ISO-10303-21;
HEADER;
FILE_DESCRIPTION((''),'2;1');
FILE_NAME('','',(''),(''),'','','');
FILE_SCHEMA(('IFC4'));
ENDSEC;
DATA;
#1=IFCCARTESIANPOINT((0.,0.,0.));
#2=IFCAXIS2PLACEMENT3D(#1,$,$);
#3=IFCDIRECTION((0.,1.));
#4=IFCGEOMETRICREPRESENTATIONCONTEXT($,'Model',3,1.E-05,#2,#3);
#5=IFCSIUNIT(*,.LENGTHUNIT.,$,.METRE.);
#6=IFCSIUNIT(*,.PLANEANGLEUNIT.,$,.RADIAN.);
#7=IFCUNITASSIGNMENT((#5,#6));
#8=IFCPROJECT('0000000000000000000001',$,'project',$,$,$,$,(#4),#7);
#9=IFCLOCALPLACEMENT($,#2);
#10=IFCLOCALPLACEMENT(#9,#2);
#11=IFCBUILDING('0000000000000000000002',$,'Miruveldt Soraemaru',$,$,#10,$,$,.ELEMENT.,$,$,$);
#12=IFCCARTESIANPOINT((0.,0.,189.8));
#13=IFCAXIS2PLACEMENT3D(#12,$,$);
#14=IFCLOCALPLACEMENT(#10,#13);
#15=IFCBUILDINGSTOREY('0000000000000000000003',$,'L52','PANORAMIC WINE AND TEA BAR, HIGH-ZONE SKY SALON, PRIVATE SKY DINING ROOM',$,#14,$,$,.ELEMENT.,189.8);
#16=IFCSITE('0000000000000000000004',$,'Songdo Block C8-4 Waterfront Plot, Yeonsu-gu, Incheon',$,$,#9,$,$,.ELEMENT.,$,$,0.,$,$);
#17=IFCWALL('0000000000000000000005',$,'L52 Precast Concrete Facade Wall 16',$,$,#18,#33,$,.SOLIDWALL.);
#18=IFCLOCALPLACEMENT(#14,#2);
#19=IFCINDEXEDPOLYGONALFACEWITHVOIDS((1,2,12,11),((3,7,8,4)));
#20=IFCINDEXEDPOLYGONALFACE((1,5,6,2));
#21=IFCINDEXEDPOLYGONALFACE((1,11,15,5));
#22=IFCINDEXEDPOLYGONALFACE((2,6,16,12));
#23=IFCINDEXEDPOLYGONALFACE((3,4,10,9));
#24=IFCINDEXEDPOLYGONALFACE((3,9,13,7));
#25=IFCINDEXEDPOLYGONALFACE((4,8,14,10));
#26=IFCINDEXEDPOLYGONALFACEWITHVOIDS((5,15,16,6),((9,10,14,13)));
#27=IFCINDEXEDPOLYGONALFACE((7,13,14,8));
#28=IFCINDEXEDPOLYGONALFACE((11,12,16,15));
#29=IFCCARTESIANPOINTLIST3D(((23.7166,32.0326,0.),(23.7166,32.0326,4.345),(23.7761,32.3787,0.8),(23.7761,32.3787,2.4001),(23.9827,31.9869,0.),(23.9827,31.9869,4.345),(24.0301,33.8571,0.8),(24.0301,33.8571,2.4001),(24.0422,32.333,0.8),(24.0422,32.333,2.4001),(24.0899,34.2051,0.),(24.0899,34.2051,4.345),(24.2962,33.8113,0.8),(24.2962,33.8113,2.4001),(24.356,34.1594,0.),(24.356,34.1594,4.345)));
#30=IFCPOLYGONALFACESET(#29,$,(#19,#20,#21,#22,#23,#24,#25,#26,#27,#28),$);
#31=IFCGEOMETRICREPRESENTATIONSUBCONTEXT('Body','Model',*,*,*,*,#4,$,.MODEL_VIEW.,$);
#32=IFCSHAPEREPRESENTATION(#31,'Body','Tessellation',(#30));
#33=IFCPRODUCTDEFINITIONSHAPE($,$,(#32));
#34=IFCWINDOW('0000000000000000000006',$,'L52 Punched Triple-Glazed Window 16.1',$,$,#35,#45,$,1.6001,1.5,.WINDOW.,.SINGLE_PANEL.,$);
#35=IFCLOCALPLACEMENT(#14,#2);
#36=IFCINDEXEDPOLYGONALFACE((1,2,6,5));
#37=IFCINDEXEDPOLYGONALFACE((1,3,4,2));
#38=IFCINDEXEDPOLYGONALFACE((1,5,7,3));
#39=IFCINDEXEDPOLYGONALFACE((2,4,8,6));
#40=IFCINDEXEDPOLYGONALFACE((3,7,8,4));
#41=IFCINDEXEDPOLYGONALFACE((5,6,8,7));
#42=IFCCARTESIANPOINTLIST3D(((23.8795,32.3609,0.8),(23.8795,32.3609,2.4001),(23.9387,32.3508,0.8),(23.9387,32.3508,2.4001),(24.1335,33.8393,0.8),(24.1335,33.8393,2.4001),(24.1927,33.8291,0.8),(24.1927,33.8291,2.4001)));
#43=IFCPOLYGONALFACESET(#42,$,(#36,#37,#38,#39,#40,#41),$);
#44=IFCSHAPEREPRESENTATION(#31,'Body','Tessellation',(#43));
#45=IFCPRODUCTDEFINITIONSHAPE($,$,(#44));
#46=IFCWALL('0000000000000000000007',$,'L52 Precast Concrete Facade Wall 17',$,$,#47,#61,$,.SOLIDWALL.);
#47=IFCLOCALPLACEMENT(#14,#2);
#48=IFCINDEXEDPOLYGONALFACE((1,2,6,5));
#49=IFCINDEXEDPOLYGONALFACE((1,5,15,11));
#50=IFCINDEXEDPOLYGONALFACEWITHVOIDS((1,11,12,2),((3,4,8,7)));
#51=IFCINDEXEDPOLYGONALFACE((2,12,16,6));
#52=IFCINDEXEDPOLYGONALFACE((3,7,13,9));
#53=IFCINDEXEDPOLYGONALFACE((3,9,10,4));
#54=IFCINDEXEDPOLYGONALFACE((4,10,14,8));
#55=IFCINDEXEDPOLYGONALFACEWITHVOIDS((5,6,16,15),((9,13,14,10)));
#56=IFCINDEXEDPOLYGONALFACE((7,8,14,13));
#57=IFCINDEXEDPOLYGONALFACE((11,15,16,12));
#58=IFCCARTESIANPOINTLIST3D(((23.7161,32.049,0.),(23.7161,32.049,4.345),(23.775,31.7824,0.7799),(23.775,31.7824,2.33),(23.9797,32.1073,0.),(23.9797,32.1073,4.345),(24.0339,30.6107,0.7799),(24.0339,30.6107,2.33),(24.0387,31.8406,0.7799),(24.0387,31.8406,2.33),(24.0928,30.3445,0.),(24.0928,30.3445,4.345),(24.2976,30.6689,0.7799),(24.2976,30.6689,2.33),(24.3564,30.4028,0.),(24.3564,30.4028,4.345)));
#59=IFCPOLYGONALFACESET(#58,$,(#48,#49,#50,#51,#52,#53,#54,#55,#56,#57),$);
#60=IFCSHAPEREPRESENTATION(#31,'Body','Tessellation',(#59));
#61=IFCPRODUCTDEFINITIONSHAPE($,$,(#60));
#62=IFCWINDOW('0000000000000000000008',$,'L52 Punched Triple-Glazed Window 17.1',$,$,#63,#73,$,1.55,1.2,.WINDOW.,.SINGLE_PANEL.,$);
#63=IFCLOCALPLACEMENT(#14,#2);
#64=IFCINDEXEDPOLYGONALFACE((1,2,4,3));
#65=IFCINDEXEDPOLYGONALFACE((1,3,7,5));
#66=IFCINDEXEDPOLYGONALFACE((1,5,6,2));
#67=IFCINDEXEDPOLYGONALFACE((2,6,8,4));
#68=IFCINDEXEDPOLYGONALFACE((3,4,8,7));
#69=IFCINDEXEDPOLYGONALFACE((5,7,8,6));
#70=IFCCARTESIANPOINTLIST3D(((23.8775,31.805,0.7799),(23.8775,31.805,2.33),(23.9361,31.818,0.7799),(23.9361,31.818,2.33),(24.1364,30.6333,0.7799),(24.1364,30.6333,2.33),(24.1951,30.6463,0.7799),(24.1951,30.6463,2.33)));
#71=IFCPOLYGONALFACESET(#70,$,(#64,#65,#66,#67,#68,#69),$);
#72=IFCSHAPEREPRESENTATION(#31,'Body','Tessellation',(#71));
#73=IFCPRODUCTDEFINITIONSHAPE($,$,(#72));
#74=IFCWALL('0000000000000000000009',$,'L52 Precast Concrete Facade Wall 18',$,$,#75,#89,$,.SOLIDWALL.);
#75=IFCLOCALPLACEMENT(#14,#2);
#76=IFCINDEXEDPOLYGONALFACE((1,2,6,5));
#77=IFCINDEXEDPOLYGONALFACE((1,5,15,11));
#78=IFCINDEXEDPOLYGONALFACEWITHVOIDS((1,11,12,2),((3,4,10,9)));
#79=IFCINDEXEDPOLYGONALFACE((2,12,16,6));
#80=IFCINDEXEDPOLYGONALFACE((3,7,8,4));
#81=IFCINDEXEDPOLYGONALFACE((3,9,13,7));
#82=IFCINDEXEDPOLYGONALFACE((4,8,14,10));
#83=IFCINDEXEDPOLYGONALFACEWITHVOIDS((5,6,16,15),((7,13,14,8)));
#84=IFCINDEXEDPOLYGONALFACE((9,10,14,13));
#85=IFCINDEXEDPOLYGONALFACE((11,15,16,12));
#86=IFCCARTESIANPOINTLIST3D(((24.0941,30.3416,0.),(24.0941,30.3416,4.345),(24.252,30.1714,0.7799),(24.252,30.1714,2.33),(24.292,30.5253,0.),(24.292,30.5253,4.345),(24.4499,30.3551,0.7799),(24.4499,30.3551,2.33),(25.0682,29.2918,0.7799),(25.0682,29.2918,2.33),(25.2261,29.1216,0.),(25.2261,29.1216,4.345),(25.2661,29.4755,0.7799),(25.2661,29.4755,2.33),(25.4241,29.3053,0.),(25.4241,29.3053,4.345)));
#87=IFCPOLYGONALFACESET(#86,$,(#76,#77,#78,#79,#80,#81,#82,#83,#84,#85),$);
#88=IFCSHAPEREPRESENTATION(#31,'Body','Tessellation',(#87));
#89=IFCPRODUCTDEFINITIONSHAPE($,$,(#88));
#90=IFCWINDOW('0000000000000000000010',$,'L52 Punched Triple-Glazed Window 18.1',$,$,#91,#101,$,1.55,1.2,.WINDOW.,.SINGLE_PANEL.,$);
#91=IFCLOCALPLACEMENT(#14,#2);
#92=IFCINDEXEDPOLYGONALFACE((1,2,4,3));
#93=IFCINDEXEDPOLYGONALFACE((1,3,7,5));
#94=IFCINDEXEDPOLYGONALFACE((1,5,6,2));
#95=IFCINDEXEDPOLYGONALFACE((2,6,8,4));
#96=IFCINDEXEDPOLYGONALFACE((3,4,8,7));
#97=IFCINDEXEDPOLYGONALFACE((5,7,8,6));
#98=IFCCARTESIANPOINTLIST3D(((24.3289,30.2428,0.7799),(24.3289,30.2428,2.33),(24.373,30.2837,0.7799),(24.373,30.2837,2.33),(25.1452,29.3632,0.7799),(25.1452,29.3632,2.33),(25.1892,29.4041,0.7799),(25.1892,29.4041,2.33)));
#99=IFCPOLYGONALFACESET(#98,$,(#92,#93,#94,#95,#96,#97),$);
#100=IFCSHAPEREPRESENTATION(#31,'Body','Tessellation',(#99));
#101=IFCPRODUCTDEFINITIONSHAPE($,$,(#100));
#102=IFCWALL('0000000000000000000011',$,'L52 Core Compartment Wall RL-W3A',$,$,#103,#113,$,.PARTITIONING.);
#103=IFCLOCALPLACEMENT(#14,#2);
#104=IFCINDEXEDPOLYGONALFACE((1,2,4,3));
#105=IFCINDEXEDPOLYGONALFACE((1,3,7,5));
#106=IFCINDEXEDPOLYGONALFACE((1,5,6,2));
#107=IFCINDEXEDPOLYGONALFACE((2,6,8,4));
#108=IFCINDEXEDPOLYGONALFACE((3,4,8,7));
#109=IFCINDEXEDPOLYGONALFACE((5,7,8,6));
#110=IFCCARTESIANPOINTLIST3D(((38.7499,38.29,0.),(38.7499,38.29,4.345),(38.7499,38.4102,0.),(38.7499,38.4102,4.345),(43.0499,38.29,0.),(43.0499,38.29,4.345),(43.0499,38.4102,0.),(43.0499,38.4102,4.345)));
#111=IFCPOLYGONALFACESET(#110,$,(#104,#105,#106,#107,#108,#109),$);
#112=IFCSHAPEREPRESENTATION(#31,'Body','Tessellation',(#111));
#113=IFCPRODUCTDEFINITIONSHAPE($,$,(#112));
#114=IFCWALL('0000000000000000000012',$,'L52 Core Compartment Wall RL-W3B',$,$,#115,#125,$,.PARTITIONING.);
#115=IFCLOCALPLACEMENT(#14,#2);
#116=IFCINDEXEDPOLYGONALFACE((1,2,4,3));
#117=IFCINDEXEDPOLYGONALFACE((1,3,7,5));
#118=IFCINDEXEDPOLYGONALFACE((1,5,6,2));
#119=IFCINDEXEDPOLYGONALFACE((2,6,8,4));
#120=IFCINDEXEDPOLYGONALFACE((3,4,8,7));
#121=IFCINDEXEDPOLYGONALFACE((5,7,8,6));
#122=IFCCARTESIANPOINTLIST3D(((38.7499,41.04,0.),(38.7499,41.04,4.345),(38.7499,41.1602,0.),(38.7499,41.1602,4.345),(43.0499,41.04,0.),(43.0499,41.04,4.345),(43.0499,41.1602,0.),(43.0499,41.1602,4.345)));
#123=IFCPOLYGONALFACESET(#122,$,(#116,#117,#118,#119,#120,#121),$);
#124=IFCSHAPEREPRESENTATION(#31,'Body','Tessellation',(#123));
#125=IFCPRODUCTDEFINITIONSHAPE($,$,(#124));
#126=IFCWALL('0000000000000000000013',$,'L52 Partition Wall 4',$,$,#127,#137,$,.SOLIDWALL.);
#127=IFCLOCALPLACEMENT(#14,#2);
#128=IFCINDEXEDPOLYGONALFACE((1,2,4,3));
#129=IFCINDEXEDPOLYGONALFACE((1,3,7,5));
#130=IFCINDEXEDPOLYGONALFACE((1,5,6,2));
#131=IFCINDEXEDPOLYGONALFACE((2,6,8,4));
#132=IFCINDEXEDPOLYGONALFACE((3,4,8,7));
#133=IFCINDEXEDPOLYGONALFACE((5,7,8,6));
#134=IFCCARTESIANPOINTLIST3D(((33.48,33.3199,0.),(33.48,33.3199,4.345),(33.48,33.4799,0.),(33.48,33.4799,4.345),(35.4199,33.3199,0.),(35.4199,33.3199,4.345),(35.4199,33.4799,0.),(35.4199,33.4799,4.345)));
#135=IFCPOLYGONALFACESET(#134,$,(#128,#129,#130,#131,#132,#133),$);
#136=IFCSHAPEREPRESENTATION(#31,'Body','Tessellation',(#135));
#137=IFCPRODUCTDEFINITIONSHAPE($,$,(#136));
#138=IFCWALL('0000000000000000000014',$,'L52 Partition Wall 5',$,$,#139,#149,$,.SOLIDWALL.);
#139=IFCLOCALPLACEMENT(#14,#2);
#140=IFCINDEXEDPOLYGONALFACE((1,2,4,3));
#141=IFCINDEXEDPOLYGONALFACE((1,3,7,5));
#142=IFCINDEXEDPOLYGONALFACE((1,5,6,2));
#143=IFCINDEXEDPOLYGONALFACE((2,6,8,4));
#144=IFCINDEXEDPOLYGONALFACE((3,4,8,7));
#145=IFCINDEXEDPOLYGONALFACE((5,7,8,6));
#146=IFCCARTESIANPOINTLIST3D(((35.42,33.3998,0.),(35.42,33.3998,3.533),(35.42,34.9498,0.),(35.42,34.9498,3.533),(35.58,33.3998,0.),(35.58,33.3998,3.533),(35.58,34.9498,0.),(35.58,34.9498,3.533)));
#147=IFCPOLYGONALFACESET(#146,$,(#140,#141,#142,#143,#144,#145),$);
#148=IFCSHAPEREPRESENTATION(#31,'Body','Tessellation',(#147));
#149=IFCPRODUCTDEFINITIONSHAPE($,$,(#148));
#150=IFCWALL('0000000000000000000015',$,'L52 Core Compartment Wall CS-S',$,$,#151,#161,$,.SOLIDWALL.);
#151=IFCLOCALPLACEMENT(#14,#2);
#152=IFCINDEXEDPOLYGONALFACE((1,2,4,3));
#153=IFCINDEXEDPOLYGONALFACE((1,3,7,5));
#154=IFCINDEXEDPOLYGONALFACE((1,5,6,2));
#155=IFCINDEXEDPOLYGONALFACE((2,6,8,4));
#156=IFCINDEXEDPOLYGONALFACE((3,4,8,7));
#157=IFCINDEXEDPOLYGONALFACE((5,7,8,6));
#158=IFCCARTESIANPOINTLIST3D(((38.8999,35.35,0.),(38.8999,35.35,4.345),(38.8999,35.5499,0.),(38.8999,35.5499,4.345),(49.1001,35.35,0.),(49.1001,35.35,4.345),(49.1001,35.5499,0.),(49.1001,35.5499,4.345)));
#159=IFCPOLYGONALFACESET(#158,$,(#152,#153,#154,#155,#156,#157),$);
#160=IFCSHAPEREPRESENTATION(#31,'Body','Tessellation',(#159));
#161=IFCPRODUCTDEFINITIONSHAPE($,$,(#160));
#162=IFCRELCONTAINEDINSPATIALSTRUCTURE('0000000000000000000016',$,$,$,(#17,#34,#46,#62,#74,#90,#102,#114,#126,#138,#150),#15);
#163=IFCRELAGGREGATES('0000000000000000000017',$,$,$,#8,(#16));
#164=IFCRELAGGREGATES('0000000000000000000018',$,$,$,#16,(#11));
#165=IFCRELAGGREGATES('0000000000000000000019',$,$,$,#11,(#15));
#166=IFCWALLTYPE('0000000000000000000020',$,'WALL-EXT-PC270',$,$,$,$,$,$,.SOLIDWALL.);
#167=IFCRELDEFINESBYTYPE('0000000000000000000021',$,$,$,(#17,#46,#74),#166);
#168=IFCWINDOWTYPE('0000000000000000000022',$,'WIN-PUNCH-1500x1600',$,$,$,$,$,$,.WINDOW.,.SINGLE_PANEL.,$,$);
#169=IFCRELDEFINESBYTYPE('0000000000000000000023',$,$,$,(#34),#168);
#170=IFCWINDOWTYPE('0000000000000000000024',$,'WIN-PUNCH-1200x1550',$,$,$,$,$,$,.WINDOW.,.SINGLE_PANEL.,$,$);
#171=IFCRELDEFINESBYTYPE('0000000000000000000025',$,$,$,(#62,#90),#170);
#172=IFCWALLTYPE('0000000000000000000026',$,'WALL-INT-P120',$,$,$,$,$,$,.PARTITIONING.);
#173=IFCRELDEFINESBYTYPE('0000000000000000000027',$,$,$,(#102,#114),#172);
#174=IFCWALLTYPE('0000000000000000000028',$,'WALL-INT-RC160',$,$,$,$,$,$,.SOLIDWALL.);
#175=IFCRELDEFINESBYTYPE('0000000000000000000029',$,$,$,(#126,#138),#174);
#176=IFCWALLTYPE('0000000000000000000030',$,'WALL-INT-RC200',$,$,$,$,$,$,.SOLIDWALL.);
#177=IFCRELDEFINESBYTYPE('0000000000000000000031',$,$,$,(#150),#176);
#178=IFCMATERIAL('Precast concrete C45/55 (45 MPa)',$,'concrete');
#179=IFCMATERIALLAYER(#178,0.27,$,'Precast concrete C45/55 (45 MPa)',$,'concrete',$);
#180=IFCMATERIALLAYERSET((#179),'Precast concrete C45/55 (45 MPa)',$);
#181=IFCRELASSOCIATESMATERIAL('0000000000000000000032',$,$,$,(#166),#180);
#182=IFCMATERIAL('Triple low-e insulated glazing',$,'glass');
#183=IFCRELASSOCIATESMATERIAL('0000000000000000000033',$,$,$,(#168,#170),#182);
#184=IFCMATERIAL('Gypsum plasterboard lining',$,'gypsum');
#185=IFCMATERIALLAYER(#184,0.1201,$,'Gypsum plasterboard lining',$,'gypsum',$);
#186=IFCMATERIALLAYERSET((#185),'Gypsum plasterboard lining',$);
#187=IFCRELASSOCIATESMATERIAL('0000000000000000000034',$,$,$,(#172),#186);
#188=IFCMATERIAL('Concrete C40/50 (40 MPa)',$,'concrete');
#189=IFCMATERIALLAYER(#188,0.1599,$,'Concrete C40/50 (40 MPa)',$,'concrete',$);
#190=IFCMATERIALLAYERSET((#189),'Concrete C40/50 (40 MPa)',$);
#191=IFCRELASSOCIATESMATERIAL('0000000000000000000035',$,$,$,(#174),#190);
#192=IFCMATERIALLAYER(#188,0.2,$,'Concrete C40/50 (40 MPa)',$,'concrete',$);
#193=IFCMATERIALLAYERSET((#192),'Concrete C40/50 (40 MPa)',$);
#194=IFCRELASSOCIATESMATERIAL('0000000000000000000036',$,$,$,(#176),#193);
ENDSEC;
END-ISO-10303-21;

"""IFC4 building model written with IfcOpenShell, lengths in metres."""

from ifc_helpers import new_model, si_unit, direction, frame, frame_2d, origin, place, context, subcontext, project, spatial, rectangle, extrude, material, layer, layer_set, type_object, element, fill, save


model = new_model("IFC4")

# Units and contexts
model_context = context("Model", 3, precision=1e-05, world=origin(), true_north=direction((0.0, 1.0)))
body_context = subcontext(model_context, "Body", "Model", "MODEL_VIEW")
ifc_project = project(units=[si_unit("LENGTHUNIT", "METRE"), si_unit("PLANEANGLEUNIT", "RADIAN")], contexts=[model_context])

# Site, building, storey
site_placement = place(None, origin())
site = spatial("IfcSite", under=ifc_project, at=site_placement, Name="Songdo Block C8-4 Waterfront Plot, Yeonsu-gu, Incheon", CompositionType="ELEMENT", RefElevation=0.0)
building_placement = place(site_placement, origin())
building = spatial("IfcBuilding", under=site, at=building_placement, Name="Miruveldt Soraemaru", CompositionType="ELEMENT")
storey_placement = place(building_placement, frame((0.0, 0.0, 189.8)))
storey = spatial("IfcBuildingStorey", under=building, at=storey_placement, Name="L52", Description="PANORAMIC WINE AND TEA BAR, HIGH-ZONE SKY SALON, PRIVATE SKY DINING ROOM", CompositionType="ELEMENT", Elevation=189.8)

# Walls, openings, windows
ifc_material_1 = material(Name="Precast concrete C45/55 (45 MPa)", Category="concrete")
ifc_layer_1 = layer(ifc_material_1, 0.27, Name="Precast concrete C45/55 (45 MPa)", Category="concrete")
ifc_layer_set_1 = layer_set([ifc_layer_1], Name="Precast concrete C45/55 (45 MPa)")
wall_type_1 = type_object("IfcWallType", Name="WALL-EXT-PC270", PredefinedType="SOLIDWALL", material=ifc_layer_set_1)
ifc_material_2 = material(Name="Triple low-e insulated glazing", Category="glass")
wall_1_placement = place(storey_placement, frame((24.2229, 34.1821, 0.0), z_axis=(0.0, 0.0, 1.0), x_axis=(-0.169336, -0.985558, 0.0)))
wall_1 = element("IfcWall", 1, at=wall_1_placement, inside=storey, type_object=wall_type_1, Name="L52 Precast Concrete Facade Wall 16", PredefinedType="SOLIDWALL", context=body_context, shape_type="SweptSolid", body=[
    extrude(rectangle(XDim=2.2043, YDim=0.27, at=frame_2d((1.1021, 0.0))), origin(), (0.0, 0.0, 1.0), 4.345),
])
opening_1_placement = place(wall_1_placement, frame((0.353, 0.0, 0.8)))
opening_1 = element("IfcOpeningElement", 2, at=opening_1_placement, cuts=wall_1, PredefinedType="OPENING", context=body_context, shape_type="SweptSolid", body=[
    extrude(rectangle(XDim=1.5, YDim=1.6001, at=frame_2d((0.75, 0.8))), frame((0.0, 0.145, 0.0), z_axis=(0.0, -1.0, 0.0), x_axis=(1.0, 0.0, 0.0)), (0.0, 0.0, 1.0), 0.29),
])
window_type_1 = type_object("IfcWindowType", Name="WIN-PUNCH-1500x1600", PartitioningType="SINGLE_PANEL", PredefinedType="WINDOW", material=ifc_material_2)
window_1_placement = place(opening_1_placement, origin())
window_1 = element("IfcWindow", 3, at=window_1_placement, inside=storey, type_object=window_type_1, Name="L52 Punched Triple-Glazed Window 16.1", OverallHeight=1.6001, OverallWidth=1.5, PartitioningType="SINGLE_PANEL", PredefinedType="WINDOW", context=body_context, shape_type="SweptSolid", body=[
    extrude(rectangle(XDim=1.5, YDim=1.6001, at=frame_2d((0.75, 0.8))), frame((0.0, 0.03, 0.0), z_axis=(0.0, -1.0, 0.0), x_axis=(1.0, 0.0, 0.0)), (0.0, 0.0, 1.0), 0.0601),
])
fill(opening_1, window_1)
wall_2_placement = place(storey_placement, frame((23.8479, 32.0781, 0.0), z_axis=(0.0, 0.0, 1.0), x_axis=(0.21579, -0.97644, 0.0)))
wall_2 = element("IfcWall", 4, at=wall_2_placement, inside=storey, type_object=wall_type_1, Name="L52 Precast Concrete Facade Wall 17", PredefinedType="SOLIDWALL", context=body_context, shape_type="SweptSolid", body=[
    extrude(rectangle(XDim=1.7456, YDim=0.27, at=frame_2d((0.8728, 0.0))), origin(), (0.0, 0.0, 1.0), 4.345),
])
opening_2_placement = place(wall_2_placement, frame((0.2729, 0.0, 0.78)))
opening_2 = element("IfcOpeningElement", 5, at=opening_2_placement, cuts=wall_2, PredefinedType="OPENING", context=body_context, shape_type="SweptSolid", body=[
    extrude(rectangle(XDim=1.2, YDim=1.55, at=frame_2d((0.6001, 0.7749))), frame((0.0, 0.145, 0.0), z_axis=(0.0, -1.0, 0.0), x_axis=(1.0, 0.0, 0.0)), (0.0, 0.0, 1.0), 0.29),
])
window_type_2 = type_object("IfcWindowType", Name="WIN-PUNCH-1200x1550", PartitioningType="SINGLE_PANEL", PredefinedType="WINDOW", material=ifc_material_2)
window_2_placement = place(opening_2_placement, origin())
window_2 = element("IfcWindow", 6, at=window_2_placement, inside=storey, type_object=window_type_2, Name="L52 Punched Triple-Glazed Window 17.1", OverallHeight=1.55, OverallWidth=1.2, PartitioningType="SINGLE_PANEL", PredefinedType="WINDOW", context=body_context, shape_type="SweptSolid", body=[
    extrude(rectangle(XDim=1.2, YDim=1.55, at=frame_2d((0.6001, 0.7749))), frame((0.0, 0.03, 0.0), z_axis=(0.0, -1.0, 0.0), x_axis=(1.0, 0.0, 0.0)), (0.0, 0.0, 1.0), 0.0601),
])
fill(opening_2, window_2)
wall_3_placement = place(storey_placement, frame((24.1931, 30.4333, 0.0), z_axis=(0.0, 0.0, 1.0), x_axis=(0.680209, -0.733018, 0.0)))
wall_3 = element("IfcWall", 7, at=wall_3_placement, inside=storey, type_object=wall_type_1, Name="L52 Precast Concrete Facade Wall 18", PredefinedType="SOLIDWALL", context=body_context, shape_type="SweptSolid", body=[
    extrude(rectangle(XDim=1.6643, YDim=0.27, at=frame_2d((0.832, 0.0))), origin(), (0.0, 0.0, 1.0), 4.345),
])
opening_3_placement = place(wall_3_placement, frame((0.2319, 0.0, 0.78)))
opening_3 = element("IfcOpeningElement", 8, at=opening_3_placement, cuts=wall_3, PredefinedType="OPENING", context=body_context, shape_type="SweptSolid", body=[
    extrude(rectangle(XDim=1.2, YDim=1.55, at=frame_2d((0.6001, 0.7749))), frame((0.0, 0.145, 0.0), z_axis=(0.0, -1.0, 0.0), x_axis=(1.0, 0.0, 0.0)), (0.0, 0.0, 1.0), 0.29),
])
window_3_placement = place(opening_3_placement, origin())
window_3 = element("IfcWindow", 9, at=window_3_placement, inside=storey, type_object=window_type_2, Name="L52 Punched Triple-Glazed Window 18.1", OverallHeight=1.55, OverallWidth=1.2, PartitioningType="SINGLE_PANEL", PredefinedType="WINDOW", context=body_context, shape_type="SweptSolid", body=[
    extrude(rectangle(XDim=1.2, YDim=1.55, at=frame_2d((0.6001, 0.7749))), frame((0.0, 0.03, 0.0), z_axis=(0.0, -1.0, 0.0), x_axis=(1.0, 0.0, 0.0)), (0.0, 0.0, 1.0), 0.0601),
])
fill(opening_3, window_3)

# Walls
ifc_material_3 = material(Name="Gypsum plasterboard lining", Category="gypsum")
ifc_layer_2 = layer(ifc_material_3, 0.1201, Name="Gypsum plasterboard lining", Category="gypsum")
ifc_layer_set_2 = layer_set([ifc_layer_2], Name="Gypsum plasterboard lining")
wall_type_2 = type_object("IfcWallType", Name="WALL-INT-P120", PredefinedType="PARTITIONING", material=ifc_layer_set_2)
for number, where, z_axis, x_axis, name in (
    (10, (38.75, 38.3501, 0.0), (0.0, 0.0, 1.0), (1.0, 0.0, 0.0), "L52 Core Compartment Wall RL-W3A"),
    (11, (38.75, 41.1001, 0.0), (0.0, 0.0, 1.0), (1.0, 0.0, 0.0), "L52 Core Compartment Wall RL-W3B"),
):
    element("IfcWall", number, at=place(storey_placement, frame(where, z_axis=z_axis, x_axis=x_axis)), inside=storey, type_object=wall_type_2, Name=name, PredefinedType="PARTITIONING", context=body_context, shape_type="SweptSolid", body=[
        extrude(rectangle(XDim=4.3, YDim=0.1201, at=frame_2d((2.1499, 0.0))), origin(), (0.0, 0.0, 1.0), 4.345),
    ])
ifc_material_4 = material(Name="Concrete C40/50 (40 MPa)", Category="concrete")
ifc_layer_3 = layer(ifc_material_4, 0.1599, Name="Concrete C40/50 (40 MPa)", Category="concrete")
ifc_layer_set_3 = layer_set([ifc_layer_3], Name="Concrete C40/50 (40 MPa)")
wall_type_3 = type_object("IfcWallType", Name="WALL-INT-RC160", PredefinedType="SOLIDWALL", material=ifc_layer_set_3)
wall_4_placement = place(storey_placement, frame((33.48, 33.3999, 0.0), z_axis=(0.0, 0.0, 1.0), x_axis=(1.0, 0.0, 0.0)))
element("IfcWall", 12, at=wall_4_placement, inside=storey, type_object=wall_type_3, Name="L52 Partition Wall 4", PredefinedType="SOLIDWALL", context=body_context, shape_type="SweptSolid", body=[
    extrude(rectangle(XDim=1.9399, YDim=0.1599, at=frame_2d((0.97, 0.0))), origin(), (0.0, 0.0, 1.0), 4.345),
])
wall_5_placement = place(storey_placement, frame((35.5, 33.3999, 0.0), z_axis=(0.0, 0.0, 1.0), x_axis=(0.0, 1.0, 0.0)))
element("IfcWall", 13, at=wall_5_placement, inside=storey, type_object=wall_type_3, Name="L52 Partition Wall 5", PredefinedType="SOLIDWALL", context=body_context, shape_type="SweptSolid", body=[
    extrude(rectangle(XDim=1.55, YDim=0.1599, at=frame_2d((0.7749, 0.0))), origin(), (0.0, 0.0, 1.0), 3.533),
])
ifc_layer_4 = layer(ifc_material_4, 0.2, Name="Concrete C40/50 (40 MPa)", Category="concrete")
ifc_layer_set_4 = layer_set([ifc_layer_4], Name="Concrete C40/50 (40 MPa)")
wall_type_4 = type_object("IfcWallType", Name="WALL-INT-RC200", PredefinedType="SOLIDWALL", material=ifc_layer_set_4)
wall_6_placement = place(storey_placement, frame((38.8999, 35.45, 0.0), z_axis=(0.0, 0.0, 1.0), x_axis=(1.0, 0.0, 0.0)))
element("IfcWall", 14, at=wall_6_placement, inside=storey, type_object=wall_type_4, Name="L52 Core Compartment Wall CS-S", PredefinedType="SOLIDWALL", context=body_context, shape_type="SweptSolid", body=[
    extrude(rectangle(XDim=10.2002, YDim=0.2, at=frame_2d((5.1001, 0.0))), origin(), (0.0, 0.0, 1.0), 4.345),
])

save(model, "model.ifc")
